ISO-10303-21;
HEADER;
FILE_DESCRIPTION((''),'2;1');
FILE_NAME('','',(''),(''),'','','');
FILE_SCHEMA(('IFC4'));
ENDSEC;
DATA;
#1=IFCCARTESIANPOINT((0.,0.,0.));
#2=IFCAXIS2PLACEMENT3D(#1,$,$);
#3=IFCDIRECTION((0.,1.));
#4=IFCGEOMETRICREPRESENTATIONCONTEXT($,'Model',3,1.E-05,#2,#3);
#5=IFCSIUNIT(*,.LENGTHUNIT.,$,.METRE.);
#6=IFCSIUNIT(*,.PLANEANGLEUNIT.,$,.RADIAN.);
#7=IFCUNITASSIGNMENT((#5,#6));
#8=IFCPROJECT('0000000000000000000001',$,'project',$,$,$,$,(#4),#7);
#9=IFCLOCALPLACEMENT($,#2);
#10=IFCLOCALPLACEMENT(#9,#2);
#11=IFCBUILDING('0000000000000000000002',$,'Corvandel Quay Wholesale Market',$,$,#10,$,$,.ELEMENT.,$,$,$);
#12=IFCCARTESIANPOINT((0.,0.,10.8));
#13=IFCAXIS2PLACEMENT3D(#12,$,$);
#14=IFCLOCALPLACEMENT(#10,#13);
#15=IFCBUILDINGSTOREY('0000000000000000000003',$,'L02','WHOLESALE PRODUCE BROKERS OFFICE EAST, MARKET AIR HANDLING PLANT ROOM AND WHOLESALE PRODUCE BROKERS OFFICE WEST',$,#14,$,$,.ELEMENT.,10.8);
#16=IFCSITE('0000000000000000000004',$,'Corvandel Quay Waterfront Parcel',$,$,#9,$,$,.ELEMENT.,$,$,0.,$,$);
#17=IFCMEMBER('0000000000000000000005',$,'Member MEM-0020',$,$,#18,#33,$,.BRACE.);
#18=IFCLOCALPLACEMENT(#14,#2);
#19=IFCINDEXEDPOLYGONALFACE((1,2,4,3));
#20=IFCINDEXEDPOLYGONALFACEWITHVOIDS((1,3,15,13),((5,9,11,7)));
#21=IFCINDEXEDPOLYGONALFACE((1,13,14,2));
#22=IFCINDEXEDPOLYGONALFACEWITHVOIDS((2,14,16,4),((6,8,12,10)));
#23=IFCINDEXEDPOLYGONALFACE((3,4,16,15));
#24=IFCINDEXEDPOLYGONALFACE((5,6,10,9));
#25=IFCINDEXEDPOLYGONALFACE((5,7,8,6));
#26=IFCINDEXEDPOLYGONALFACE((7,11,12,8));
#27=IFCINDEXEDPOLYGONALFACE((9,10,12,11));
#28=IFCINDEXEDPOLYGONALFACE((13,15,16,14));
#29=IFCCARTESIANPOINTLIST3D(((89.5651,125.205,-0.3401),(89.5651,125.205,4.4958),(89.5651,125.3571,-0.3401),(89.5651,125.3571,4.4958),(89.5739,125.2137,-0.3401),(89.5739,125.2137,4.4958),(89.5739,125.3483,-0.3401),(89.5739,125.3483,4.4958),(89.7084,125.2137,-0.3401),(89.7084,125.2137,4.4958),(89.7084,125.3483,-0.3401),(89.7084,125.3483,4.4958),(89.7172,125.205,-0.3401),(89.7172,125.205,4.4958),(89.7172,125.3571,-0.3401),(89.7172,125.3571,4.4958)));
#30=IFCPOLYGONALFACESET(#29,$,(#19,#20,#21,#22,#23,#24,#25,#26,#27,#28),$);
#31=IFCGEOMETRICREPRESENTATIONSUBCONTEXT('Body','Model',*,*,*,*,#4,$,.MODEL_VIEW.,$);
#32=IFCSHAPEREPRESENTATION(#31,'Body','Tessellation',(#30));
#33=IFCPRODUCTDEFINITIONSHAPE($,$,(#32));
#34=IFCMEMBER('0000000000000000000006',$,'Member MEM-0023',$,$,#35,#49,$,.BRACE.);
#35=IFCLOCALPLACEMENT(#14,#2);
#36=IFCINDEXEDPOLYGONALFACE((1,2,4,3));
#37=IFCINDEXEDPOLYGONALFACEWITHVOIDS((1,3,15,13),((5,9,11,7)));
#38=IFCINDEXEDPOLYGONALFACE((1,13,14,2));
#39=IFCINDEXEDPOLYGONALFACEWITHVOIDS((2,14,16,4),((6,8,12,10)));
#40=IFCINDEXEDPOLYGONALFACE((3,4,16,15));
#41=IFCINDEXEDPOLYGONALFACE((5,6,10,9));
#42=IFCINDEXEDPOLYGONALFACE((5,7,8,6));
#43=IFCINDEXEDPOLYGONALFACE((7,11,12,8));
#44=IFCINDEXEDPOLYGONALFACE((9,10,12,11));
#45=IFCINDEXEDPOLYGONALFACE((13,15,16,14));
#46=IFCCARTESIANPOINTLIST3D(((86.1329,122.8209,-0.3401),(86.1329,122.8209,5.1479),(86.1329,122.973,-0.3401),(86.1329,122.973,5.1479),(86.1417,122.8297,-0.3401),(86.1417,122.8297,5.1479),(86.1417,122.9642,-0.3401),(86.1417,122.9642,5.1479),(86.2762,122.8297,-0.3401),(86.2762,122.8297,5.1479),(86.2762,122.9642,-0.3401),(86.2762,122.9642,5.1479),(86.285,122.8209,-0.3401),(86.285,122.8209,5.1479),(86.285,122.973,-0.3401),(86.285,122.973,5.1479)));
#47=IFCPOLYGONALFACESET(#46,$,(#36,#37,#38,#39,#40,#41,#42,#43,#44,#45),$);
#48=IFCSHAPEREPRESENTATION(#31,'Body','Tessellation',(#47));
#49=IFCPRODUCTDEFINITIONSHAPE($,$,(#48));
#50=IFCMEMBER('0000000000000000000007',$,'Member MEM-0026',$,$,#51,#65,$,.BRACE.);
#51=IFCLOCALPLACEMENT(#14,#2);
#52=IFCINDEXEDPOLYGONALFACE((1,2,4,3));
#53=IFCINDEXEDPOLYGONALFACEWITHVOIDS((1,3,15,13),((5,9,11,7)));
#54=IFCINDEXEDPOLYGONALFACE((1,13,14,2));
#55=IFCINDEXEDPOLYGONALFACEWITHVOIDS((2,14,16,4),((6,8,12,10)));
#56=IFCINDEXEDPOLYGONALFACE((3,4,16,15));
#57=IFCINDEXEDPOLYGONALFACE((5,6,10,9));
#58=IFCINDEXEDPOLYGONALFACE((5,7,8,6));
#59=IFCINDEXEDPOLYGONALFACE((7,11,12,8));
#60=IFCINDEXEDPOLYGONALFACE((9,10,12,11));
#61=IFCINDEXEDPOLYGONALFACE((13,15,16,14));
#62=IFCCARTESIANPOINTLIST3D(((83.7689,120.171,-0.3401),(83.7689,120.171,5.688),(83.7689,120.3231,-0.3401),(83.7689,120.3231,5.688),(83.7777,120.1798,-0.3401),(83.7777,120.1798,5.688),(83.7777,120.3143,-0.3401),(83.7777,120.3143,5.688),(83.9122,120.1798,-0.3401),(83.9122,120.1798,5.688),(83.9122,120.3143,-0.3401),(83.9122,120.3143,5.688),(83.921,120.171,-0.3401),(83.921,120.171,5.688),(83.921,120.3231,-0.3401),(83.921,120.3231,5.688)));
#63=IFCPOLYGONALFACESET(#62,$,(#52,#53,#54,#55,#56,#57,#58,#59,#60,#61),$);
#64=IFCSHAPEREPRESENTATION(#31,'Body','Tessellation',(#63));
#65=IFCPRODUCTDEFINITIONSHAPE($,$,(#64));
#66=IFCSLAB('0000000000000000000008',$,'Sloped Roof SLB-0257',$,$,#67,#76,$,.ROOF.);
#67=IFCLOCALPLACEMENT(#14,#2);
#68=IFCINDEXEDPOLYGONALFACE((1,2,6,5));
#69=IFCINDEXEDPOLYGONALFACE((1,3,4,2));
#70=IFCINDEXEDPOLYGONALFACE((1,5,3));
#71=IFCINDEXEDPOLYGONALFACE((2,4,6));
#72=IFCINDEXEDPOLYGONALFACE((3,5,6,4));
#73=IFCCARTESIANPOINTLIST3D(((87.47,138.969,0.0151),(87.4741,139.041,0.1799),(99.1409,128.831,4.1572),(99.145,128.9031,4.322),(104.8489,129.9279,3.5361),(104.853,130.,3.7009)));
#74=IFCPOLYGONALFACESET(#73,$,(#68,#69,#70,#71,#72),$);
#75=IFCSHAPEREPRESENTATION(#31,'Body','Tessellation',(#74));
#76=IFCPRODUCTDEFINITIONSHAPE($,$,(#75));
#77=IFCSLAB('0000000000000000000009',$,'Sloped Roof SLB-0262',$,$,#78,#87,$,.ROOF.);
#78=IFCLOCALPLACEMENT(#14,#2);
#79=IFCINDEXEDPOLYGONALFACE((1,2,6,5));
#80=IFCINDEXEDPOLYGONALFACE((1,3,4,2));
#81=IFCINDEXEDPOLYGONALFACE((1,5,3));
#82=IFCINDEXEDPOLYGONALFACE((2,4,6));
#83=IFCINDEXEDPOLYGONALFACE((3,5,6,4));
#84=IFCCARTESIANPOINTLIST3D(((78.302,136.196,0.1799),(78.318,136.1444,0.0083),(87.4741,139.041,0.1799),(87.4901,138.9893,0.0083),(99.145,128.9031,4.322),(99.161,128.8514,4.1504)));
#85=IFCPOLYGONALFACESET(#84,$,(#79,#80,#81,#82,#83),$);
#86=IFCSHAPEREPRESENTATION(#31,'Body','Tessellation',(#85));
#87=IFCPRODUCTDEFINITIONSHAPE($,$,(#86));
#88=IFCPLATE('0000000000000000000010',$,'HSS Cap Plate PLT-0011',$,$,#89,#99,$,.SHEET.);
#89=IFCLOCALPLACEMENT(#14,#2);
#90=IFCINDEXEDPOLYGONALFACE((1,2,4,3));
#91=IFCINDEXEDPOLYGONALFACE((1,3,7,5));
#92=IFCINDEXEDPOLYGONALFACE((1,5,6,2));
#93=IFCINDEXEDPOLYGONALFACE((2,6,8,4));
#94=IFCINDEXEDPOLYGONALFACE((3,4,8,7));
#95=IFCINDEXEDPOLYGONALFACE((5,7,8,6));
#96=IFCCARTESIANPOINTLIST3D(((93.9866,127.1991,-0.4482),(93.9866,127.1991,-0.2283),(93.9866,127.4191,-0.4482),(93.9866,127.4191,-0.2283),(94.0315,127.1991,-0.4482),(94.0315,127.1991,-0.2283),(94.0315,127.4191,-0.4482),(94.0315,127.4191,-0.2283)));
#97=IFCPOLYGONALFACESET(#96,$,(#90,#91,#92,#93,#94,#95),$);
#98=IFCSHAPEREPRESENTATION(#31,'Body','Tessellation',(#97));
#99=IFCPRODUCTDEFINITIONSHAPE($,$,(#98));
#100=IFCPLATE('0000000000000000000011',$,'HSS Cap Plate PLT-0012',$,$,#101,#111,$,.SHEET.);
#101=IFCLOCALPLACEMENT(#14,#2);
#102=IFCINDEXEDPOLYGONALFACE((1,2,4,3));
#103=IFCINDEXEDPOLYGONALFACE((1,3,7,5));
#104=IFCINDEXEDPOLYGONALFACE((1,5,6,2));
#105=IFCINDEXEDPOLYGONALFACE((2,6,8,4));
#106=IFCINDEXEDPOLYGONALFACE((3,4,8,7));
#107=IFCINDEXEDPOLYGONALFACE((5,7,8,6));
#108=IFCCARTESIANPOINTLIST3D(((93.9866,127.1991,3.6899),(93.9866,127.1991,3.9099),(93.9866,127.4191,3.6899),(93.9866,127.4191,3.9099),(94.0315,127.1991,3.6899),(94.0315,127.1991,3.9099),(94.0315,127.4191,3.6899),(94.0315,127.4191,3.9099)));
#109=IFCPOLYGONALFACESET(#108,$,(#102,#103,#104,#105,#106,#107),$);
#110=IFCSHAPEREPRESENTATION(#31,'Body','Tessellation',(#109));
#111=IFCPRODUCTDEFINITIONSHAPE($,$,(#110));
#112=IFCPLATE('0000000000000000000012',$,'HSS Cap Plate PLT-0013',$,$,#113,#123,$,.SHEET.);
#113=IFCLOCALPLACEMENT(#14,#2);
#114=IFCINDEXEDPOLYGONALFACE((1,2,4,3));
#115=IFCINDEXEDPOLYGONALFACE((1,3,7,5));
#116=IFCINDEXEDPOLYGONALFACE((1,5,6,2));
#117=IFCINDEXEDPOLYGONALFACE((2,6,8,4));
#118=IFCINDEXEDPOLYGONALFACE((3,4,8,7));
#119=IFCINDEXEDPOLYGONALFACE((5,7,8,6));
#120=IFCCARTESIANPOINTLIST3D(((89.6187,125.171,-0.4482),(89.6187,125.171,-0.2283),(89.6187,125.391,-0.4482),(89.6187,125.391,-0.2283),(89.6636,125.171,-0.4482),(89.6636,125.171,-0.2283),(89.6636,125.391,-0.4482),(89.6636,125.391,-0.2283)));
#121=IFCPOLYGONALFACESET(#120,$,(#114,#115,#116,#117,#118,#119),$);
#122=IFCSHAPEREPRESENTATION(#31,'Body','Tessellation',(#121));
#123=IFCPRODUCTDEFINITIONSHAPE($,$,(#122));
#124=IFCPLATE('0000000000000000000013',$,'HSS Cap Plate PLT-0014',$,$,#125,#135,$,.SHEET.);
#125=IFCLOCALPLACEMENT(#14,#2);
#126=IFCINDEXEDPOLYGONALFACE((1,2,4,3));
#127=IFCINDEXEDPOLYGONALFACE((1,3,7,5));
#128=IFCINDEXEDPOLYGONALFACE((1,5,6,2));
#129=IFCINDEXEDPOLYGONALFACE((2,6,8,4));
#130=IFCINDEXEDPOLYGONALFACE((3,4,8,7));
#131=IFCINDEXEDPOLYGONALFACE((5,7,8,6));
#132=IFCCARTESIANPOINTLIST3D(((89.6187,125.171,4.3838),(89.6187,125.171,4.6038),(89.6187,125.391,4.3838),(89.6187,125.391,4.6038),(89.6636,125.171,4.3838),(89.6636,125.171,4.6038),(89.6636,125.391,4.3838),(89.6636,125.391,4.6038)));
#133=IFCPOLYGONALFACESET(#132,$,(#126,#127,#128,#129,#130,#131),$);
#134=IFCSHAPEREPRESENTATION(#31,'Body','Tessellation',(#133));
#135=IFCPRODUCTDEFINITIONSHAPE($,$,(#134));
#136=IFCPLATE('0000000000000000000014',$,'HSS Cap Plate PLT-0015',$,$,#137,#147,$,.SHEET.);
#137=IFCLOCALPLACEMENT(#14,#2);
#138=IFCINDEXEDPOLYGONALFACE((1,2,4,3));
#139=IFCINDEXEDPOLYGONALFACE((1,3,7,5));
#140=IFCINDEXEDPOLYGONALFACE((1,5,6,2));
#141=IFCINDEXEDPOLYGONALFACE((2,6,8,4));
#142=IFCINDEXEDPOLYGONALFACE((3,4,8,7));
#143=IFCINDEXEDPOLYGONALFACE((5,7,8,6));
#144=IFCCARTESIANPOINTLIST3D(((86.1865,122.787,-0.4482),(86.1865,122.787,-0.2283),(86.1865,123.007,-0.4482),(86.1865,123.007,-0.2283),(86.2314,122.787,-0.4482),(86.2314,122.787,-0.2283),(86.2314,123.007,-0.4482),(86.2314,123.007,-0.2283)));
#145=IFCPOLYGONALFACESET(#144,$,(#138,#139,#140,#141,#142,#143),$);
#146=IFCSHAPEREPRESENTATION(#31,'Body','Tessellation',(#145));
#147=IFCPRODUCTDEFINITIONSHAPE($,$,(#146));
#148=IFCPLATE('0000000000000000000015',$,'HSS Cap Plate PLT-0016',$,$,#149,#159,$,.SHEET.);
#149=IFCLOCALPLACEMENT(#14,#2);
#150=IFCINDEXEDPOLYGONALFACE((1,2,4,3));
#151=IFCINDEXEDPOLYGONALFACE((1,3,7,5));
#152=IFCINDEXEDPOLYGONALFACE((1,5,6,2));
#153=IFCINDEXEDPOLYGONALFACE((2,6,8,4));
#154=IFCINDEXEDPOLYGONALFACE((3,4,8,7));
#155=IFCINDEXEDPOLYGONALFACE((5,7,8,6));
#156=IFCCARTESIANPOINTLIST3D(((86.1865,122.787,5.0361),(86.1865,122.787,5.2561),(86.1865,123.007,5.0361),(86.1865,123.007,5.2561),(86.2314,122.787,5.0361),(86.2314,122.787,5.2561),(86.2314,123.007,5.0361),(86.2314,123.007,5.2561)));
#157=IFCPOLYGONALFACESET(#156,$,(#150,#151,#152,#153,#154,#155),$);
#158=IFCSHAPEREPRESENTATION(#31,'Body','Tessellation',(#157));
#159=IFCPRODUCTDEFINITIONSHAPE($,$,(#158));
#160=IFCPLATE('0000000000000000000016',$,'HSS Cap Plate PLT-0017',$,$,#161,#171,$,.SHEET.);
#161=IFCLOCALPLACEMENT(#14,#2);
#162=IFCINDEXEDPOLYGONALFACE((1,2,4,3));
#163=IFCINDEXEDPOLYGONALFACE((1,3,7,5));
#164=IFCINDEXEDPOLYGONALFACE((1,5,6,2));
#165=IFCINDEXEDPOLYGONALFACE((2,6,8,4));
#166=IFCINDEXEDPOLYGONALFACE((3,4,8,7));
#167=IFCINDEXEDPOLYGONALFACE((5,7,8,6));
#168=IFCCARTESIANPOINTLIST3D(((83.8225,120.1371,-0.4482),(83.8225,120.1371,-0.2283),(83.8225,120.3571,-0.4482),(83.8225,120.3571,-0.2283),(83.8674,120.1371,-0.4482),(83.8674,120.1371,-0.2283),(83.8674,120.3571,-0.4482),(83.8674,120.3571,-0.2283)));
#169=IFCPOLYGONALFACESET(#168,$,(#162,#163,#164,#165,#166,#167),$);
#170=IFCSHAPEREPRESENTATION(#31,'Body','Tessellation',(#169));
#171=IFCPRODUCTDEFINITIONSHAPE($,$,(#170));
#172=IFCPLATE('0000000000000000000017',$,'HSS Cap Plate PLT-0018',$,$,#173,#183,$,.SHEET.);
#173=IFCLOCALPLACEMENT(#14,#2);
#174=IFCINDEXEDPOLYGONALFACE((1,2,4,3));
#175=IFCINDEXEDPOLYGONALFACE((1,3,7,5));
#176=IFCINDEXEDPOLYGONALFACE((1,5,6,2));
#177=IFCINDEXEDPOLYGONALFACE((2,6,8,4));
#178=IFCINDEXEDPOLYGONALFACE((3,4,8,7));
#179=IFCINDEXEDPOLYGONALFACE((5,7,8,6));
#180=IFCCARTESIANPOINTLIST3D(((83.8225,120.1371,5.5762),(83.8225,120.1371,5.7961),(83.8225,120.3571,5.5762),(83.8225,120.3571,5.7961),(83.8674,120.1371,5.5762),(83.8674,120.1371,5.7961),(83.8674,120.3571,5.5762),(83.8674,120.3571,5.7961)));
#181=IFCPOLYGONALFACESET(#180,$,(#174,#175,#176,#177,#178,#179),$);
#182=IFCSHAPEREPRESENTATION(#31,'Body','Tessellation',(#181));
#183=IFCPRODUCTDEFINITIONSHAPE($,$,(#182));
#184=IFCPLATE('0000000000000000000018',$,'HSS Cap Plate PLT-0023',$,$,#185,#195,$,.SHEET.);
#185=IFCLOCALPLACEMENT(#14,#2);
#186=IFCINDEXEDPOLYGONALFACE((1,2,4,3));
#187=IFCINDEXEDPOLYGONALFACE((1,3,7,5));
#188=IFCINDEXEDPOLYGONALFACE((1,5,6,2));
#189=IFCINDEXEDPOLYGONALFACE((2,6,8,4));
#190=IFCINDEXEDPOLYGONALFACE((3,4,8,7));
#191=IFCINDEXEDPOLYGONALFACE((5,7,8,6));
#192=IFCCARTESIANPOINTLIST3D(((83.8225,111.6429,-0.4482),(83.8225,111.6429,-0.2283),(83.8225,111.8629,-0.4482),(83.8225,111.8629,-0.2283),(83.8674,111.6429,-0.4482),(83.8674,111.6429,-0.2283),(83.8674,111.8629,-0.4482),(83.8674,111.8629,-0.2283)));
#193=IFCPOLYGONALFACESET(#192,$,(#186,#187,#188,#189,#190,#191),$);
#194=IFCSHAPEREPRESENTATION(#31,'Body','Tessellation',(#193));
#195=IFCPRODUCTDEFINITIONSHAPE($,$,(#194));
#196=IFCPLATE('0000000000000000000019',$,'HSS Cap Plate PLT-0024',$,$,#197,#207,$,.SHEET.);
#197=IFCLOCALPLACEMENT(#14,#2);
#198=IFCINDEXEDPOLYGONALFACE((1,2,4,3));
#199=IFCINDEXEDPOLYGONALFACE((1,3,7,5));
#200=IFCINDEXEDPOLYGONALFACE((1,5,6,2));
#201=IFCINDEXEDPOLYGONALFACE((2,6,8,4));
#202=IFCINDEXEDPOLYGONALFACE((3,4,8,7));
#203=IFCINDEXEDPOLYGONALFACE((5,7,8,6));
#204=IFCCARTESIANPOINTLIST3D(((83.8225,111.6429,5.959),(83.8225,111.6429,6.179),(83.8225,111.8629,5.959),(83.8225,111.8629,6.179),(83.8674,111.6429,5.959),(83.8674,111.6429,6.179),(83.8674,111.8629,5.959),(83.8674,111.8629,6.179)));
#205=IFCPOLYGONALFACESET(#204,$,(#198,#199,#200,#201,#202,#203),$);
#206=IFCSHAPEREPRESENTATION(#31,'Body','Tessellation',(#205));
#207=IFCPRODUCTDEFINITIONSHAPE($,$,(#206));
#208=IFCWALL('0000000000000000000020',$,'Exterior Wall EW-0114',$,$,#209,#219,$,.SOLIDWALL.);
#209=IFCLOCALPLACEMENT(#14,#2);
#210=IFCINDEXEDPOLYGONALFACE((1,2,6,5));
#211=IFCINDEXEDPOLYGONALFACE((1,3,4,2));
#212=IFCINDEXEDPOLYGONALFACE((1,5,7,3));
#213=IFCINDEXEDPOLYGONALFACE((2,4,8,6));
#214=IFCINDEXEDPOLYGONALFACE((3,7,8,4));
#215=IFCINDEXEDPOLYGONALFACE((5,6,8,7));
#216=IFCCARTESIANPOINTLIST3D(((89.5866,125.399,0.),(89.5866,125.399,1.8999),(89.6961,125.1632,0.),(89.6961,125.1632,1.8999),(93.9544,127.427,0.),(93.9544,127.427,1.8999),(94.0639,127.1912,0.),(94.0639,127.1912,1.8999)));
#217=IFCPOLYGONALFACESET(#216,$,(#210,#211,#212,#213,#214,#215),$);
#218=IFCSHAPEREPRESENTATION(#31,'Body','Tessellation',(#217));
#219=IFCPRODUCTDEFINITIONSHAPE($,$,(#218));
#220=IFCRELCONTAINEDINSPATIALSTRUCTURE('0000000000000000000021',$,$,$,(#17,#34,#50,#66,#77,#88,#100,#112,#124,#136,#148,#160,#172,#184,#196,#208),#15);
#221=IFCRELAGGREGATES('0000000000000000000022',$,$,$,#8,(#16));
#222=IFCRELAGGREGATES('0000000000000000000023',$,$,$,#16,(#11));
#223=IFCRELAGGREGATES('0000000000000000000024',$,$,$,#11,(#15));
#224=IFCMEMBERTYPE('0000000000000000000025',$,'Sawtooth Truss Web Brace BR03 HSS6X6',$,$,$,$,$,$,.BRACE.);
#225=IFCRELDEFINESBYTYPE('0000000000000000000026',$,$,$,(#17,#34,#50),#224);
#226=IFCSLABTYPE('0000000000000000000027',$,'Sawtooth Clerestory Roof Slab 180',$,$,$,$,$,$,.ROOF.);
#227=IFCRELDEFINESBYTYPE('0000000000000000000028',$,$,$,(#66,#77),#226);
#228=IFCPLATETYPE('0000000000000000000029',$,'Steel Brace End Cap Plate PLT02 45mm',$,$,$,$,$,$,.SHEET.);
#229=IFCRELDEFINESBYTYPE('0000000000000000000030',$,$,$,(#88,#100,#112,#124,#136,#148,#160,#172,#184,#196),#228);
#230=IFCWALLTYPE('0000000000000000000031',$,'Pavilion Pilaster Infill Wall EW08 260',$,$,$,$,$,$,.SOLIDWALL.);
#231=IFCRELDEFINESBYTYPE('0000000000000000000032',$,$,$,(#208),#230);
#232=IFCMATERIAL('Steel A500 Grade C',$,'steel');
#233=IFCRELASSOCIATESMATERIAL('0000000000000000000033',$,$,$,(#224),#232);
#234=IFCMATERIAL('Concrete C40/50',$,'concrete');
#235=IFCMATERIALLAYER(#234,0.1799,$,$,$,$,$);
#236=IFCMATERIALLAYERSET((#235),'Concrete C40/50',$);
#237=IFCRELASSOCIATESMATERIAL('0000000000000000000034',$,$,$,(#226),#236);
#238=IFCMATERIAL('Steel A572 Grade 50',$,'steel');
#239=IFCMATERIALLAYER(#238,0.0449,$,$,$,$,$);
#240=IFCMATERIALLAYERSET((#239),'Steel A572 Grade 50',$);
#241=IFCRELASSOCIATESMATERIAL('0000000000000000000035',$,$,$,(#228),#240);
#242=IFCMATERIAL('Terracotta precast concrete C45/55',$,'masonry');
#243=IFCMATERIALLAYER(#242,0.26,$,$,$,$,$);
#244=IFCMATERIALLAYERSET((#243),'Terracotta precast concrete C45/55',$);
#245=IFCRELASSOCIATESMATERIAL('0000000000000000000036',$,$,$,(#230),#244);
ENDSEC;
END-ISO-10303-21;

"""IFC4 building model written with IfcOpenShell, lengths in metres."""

from ifc_helpers import new_model, si_unit, direction, frame, frame_2d, origin, origin_2d, place, context, subcontext, project, spatial, polyline, rectangle, hollow_rectangle, outline, extrude, material, layer, layer_set, material_profile, profile_set, type_object, element, save


model = new_model("IFC4")

# Units and contexts
model_context = context("Model", 3, precision=1e-05, world=origin(), true_north=direction((0.0, 1.0)))
body_context = subcontext(model_context, "Body", "Model", "MODEL_VIEW")
ifc_project = project(units=[si_unit("LENGTHUNIT", "METRE"), si_unit("PLANEANGLEUNIT", "RADIAN")], contexts=[model_context])

# Site, building, storey
site_placement = place(None, origin())
site = spatial("IfcSite", under=ifc_project, at=site_placement, Name="Corvandel Quay Waterfront Parcel", CompositionType="ELEMENT", RefElevation=0.0)
building_placement = place(site_placement, origin())
building = spatial("IfcBuilding", under=site, at=building_placement, Name="Corvandel Quay Wholesale Market", CompositionType="ELEMENT")
storey_placement = place(building_placement, frame((0.0, 0.0, 10.8)))
storey = spatial("IfcBuildingStorey", under=building, at=storey_placement, Name="L02", Description="WHOLESALE PRODUCE BROKERS OFFICE EAST, MARKET AIR HANDLING PLANT ROOM AND WHOLESALE PRODUCE BROKERS OFFICE WEST", CompositionType="ELEMENT", Elevation=10.8)

# Members
ifc_material_1 = material(Name="Steel A500 Grade C", Category="steel")
ifc_material_profile_1 = material_profile(ifc_material_1, hollow_rectangle(XDim=0.1521, YDim=0.1521, WallThickness=0.0088, at=origin_2d()), Name="HSS6X6X3/8")
ifc_profile_set_1 = profile_set([ifc_material_profile_1], Name="Steel A500 Grade C")
member_type_1 = type_object("IfcMemberType", Name="Sawtooth Truss Web Brace BR03 HSS6X6", PredefinedType="BRACE", material=ifc_profile_set_1)
member_1_placement = place(storey_placement, frame((89.6411, 125.281, -0.3401), z_axis=(0.0, 0.0, 1.0), x_axis=(1.0, 0.0, 0.0)))
element("IfcMember", 1, at=member_1_placement, inside=storey, type_object=member_type_1, Name="Member MEM-0020", PredefinedType="BRACE", context=body_context, shape_type="SweptSolid", body=[
    extrude(hollow_rectangle(XDim=0.1521, YDim=0.1521, WallThickness=0.0088, at=origin_2d()), origin(), (0.0, 0.0, 1.0), 4.8359),
])
member_2_placement = place(storey_placement, frame((86.209, 122.897, -0.3401), z_axis=(0.0, 0.0, 1.0), x_axis=(1.0, 0.0, 0.0)))
element("IfcMember", 2, at=member_2_placement, inside=storey, type_object=member_type_1, Name="Member MEM-0023", PredefinedType="BRACE", context=body_context, shape_type="SweptSolid", body=[
    extrude(hollow_rectangle(XDim=0.1521, YDim=0.1521, WallThickness=0.0088, at=origin_2d()), origin(), (0.0, 0.0, 1.0), 5.488),
])
member_3_placement = place(storey_placement, frame((83.845, 120.2471, -0.3401), z_axis=(0.0, 0.0, 1.0), x_axis=(1.0, 0.0, 0.0)))
element("IfcMember", 3, at=member_3_placement, inside=storey, type_object=member_type_1, Name="Member MEM-0026", PredefinedType="BRACE", context=body_context, shape_type="SweptSolid", body=[
    extrude(hollow_rectangle(XDim=0.1521, YDim=0.1521, WallThickness=0.0088, at=origin_2d()), origin(), (0.0, 0.0, 1.0), 6.0281),
])

# Slabs
ifc_material_2 = material(Name="Concrete C40/50", Category="concrete")
ifc_layer_1 = layer(ifc_material_2, 0.1799)
ifc_layer_set_1 = layer_set([ifc_layer_1], Name="Concrete C40/50")
slab_type = type_object("IfcSlabType", Name="Sawtooth Clerestory Roof Slab 180", PredefinedType="ROOF", material=ifc_layer_set_1)
slab_1_placement = place(storey_placement, frame((87.4741, 139.041, 0.1799), z_axis=(0.022724, 0.400431, 0.916045), x_axis=(0.729225, -0.633442, 0.258808)))
element("IfcSlab", 4, at=slab_1_placement, inside=storey, type_object=slab_type, Name="Sloped Roof SLB-0257", PredefinedType="ROOF", context=body_context, shape_type="SweptSolid", body=[
    extrude(outline(polyline([(0.0, 0.0), (16.0045, 0.0), (19.3114, 4.8203), (0.0, 0.0)])), origin(), (0.0, 0.0, -1.0), 0.1799),
])
slab_2_placement = place(storey_placement, frame((87.4741, 139.041, 0.1799), z_axis=(-0.089064, 0.287141, 0.953739), x_axis=(-0.95511, -0.296252, 0.0)))
element("IfcSlab", 5, at=slab_2_placement, inside=storey, type_object=slab_type, Name="Sloped Roof SLB-0262", PredefinedType="ROOF", context=body_context, shape_type="SweptSolid", body=[
    extrude(outline(polyline([(0.0, 0.0), (9.6032, 0.0), (-8.1436, 13.7777), (0.0, 0.0)])), origin(), (0.0, 0.0, -1.0), 0.1799),
])

# Plates
ifc_material_3 = material(Name="Steel A572 Grade 50", Category="steel")
ifc_layer_2 = layer(ifc_material_3, 0.0449)
ifc_layer_set_2 = layer_set([ifc_layer_2], Name="Steel A572 Grade 50")
plate_type = type_object("IfcPlateType", Name="Steel Brace End Cap Plate PLT02 45mm", PredefinedType="SHEET", material=ifc_layer_set_2)
for number, where, z_axis, x_axis, name in (
    (6, (94.009, 127.3091, -0.4482), (0.0, 0.0, 1.0), (0.0, 1.0, 0.0), "HSS Cap Plate PLT-0011"),
    (7, (94.009, 127.3091, 3.6899), (0.0, 0.0, 1.0), (0.0, 1.0, 0.0), "HSS Cap Plate PLT-0012"),
    (8, (89.6411, 125.281, -0.4482), (0.0, 0.0, 1.0), (0.0, 1.0, 0.0), "HSS Cap Plate PLT-0013"),
    (9, (89.6411, 125.281, 4.3838), (0.0, 0.0, 1.0), (0.0, 1.0, 0.0), "HSS Cap Plate PLT-0014"),
    (10, (86.209, 122.897, -0.4482), (0.0, 0.0, 1.0), (0.0, 1.0, 0.0), "HSS Cap Plate PLT-0015"),
    (11, (86.209, 122.897, 5.0361), (0.0, 0.0, 1.0), (0.0, 1.0, 0.0), "HSS Cap Plate PLT-0016"),
    (12, (83.845, 120.2471, -0.4482), (0.0, 0.0, 1.0), (0.0, 1.0, 0.0), "HSS Cap Plate PLT-0017"),
    (13, (83.845, 120.2471, 5.5762), (0.0, 0.0, 1.0), (0.0, 1.0, 0.0), "HSS Cap Plate PLT-0018"),
    (14, (83.845, 111.7529, -0.4482), (0.0, 0.0, 1.0), (0.0, 1.0, 0.0), "HSS Cap Plate PLT-0023"),
    (15, (83.845, 111.7529, 5.959), (0.0, 0.0, 1.0), (0.0, 1.0, 0.0), "HSS Cap Plate PLT-0024"),
):
    element("IfcPlate", number, at=place(storey_placement, frame(where, z_axis=z_axis, x_axis=x_axis)), inside=storey, type_object=plate_type, Name=name, PredefinedType="SHEET", context=body_context, shape_type="SweptSolid", body=[
        extrude(rectangle(XDim=0.22, YDim=0.0449, at=origin_2d()), origin(), (0.0, 0.0, 1.0), 0.22),
    ])

# Wall
ifc_material_4 = material(Name="Terracotta precast concrete C45/55", Category="masonry")
ifc_layer_3 = layer(ifc_material_4, 0.26)
ifc_layer_set_3 = layer_set([ifc_layer_3], Name="Terracotta precast concrete C45/55")
wall_type = type_object("IfcWallType", Name="Pavilion Pilaster Infill Wall EW08 260", PredefinedType="SOLIDWALL", material=ifc_layer_set_3)
wall_1_placement = place(storey_placement, frame((94.009, 127.3091, 0.0), z_axis=(0.0, 0.0, 1.0), x_axis=(-0.907, -0.421131, 0.0)))
element("IfcWall", 16, at=wall_1_placement, inside=storey, type_object=wall_type, Name="Exterior Wall EW-0114", PredefinedType="SOLIDWALL", context=body_context, shape_type="SweptSolid", body=[
    extrude(rectangle(XDim=4.8157, YDim=0.26, at=frame_2d((2.4077, 0.0))), origin(), (0.0, 0.0, 1.0), 1.8999),
])

save(model, "model.ifc")
